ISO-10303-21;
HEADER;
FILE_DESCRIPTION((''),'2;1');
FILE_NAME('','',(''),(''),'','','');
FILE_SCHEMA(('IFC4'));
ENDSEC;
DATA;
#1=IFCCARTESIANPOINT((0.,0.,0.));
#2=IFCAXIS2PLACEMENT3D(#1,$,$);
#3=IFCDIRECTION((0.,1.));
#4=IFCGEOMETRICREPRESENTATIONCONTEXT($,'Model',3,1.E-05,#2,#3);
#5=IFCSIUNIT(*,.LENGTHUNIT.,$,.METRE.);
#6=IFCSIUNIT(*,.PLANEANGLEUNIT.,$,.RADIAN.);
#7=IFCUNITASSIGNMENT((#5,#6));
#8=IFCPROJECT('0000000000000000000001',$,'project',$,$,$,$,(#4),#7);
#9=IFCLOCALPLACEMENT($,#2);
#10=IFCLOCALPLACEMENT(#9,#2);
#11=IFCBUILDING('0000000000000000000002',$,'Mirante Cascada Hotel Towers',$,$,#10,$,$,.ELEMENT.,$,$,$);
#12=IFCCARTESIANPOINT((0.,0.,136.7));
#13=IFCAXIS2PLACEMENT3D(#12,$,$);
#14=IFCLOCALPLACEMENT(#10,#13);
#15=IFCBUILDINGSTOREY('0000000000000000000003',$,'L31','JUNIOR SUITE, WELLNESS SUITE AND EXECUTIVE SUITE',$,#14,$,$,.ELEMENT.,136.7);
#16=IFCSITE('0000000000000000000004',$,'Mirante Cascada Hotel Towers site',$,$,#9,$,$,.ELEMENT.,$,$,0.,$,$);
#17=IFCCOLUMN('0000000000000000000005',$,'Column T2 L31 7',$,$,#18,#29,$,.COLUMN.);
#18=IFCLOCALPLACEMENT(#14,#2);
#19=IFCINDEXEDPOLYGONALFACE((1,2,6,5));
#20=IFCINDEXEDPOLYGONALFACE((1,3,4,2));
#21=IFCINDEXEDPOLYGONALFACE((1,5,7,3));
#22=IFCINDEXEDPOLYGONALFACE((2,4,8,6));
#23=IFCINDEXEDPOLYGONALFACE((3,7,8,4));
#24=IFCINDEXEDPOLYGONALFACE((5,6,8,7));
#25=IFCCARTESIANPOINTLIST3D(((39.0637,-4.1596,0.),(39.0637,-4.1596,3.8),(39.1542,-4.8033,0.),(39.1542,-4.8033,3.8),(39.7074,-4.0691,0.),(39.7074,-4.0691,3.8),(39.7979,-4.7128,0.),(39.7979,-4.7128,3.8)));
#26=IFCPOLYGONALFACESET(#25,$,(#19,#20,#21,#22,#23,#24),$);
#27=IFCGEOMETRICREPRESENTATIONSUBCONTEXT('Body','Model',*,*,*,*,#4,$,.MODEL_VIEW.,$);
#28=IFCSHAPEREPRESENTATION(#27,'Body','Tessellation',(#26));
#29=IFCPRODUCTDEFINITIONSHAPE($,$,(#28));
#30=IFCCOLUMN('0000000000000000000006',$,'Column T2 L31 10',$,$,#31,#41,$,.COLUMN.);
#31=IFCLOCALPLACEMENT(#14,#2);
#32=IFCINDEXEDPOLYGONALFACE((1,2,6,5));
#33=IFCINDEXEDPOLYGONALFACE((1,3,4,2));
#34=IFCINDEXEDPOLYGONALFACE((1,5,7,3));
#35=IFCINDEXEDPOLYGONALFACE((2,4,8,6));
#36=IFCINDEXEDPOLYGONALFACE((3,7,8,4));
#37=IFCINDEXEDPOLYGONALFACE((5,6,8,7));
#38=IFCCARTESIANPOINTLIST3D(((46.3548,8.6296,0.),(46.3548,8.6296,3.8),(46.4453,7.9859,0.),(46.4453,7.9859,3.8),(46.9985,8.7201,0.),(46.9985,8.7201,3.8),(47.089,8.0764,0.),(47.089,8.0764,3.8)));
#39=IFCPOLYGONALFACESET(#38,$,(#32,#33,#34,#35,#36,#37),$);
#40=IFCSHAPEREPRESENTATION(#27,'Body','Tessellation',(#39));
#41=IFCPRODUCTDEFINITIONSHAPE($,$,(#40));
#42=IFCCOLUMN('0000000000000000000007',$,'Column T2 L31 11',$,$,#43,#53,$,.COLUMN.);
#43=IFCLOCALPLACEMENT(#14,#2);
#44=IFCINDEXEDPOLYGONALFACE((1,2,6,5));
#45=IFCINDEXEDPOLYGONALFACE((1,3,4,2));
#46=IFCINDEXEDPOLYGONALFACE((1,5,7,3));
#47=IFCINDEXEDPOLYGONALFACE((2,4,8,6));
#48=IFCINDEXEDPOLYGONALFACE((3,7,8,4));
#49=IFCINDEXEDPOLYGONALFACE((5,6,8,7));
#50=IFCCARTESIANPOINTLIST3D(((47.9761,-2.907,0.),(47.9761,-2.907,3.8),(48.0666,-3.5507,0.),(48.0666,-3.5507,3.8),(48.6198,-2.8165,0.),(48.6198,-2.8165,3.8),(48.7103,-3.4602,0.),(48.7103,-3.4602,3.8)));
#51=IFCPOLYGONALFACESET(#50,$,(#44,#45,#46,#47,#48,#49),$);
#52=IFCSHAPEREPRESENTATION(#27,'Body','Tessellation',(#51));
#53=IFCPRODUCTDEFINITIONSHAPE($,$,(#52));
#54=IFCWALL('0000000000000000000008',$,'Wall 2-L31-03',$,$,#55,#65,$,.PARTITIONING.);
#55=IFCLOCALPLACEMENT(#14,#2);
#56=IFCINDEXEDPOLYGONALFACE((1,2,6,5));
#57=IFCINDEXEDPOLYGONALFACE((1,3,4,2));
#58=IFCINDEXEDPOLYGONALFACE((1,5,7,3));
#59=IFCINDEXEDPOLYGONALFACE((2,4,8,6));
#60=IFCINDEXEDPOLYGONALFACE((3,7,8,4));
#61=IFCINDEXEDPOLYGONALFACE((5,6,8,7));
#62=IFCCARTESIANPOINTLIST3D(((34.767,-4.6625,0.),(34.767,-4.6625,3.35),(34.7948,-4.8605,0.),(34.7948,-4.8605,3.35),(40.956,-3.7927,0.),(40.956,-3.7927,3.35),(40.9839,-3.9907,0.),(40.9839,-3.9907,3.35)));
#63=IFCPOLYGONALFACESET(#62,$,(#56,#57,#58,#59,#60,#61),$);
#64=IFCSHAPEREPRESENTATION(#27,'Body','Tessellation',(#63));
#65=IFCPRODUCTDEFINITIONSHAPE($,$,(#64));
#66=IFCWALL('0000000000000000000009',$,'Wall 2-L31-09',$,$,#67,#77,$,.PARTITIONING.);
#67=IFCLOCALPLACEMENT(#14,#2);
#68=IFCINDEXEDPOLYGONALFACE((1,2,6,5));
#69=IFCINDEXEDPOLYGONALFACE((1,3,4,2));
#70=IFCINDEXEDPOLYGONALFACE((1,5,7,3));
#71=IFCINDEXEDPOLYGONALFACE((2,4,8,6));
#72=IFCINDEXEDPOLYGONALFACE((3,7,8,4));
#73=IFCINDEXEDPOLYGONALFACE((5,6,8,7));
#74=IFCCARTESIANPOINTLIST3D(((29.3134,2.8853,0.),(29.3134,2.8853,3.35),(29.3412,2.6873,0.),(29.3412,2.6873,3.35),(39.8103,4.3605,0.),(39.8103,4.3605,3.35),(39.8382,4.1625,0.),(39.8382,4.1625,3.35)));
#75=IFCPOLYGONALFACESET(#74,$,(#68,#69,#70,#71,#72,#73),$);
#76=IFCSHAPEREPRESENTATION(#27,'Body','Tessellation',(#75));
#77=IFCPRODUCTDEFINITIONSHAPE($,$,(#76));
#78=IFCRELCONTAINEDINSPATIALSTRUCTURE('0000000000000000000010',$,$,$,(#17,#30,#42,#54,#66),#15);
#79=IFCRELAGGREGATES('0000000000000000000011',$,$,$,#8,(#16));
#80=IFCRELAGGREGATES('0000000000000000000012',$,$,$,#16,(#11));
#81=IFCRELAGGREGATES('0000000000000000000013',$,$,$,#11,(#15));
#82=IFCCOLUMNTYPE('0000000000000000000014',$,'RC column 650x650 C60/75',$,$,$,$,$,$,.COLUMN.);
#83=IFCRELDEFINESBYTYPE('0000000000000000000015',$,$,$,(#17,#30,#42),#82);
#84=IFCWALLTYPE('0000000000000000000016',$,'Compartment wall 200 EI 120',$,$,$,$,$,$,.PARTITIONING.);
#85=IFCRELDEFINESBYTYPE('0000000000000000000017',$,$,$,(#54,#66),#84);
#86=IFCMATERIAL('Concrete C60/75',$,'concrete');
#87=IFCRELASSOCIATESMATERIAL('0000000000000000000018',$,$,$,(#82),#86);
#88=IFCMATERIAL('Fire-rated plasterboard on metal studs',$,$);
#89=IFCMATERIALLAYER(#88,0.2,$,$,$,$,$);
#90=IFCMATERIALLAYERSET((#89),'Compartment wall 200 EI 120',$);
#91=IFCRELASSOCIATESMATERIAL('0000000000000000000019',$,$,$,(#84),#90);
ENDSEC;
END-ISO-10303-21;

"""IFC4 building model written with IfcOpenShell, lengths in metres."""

from ifc_helpers import new_model, si_unit, direction, frame, frame_2d, origin, origin_2d, place, context, subcontext, project, spatial, rectangle, extrude, material, layer, layer_set, material_profile, profile_set, type_object, element, save


model = new_model("IFC4")

# Units and contexts
model_context = context("Model", 3, precision=1e-05, world=origin(), true_north=direction((0.0, 1.0)))
body_context = subcontext(model_context, "Body", "Model", "MODEL_VIEW")
ifc_project = project(units=[si_unit("LENGTHUNIT", "METRE"), si_unit("PLANEANGLEUNIT", "RADIAN")], contexts=[model_context])

# Site, building, storey
site_placement = place(None, origin())
site = spatial("IfcSite", under=ifc_project, at=site_placement, Name="Mirante Cascada Hotel Towers site", CompositionType="ELEMENT", RefElevation=0.0)
building_placement = place(site_placement, origin())
building = spatial("IfcBuilding", under=site, at=building_placement, Name="Mirante Cascada Hotel Towers", CompositionType="ELEMENT")
storey_placement = place(building_placement, frame((0.0, 0.0, 136.7)))
storey = spatial("IfcBuildingStorey", under=building, at=storey_placement, Name="L31", Description="JUNIOR SUITE, WELLNESS SUITE AND EXECUTIVE SUITE", CompositionType="ELEMENT", Elevation=136.7)

# Columns
ifc_material_1 = material(Name="Concrete C60/75", Category="concrete")
ifc_material_profile = material_profile(ifc_material_1, rectangle(XDim=0.65, YDim=0.65, at=origin_2d()), Name="RC column 650x650 C60/75")
ifc_profile_set = profile_set([ifc_material_profile], Name="Concrete C60/75")
column_type = type_object("IfcColumnType", Name="RC column 650x650 C60/75", PredefinedType="COLUMN", material=ifc_profile_set)
for number, where, z_axis, x_axis, name in (
    (1, (39.4308, -4.4362, 0.0), (0.0, 0.0, 1.0), (0.990268, 0.139173, 0.0), "Column T2 L31 7"),
    (2, (46.7219, 8.353, 0.0), (0.0, 0.0, 1.0), (0.990268, 0.139173, 0.0), "Column T2 L31 10"),
    (3, (48.3432, -3.1836, 0.0), (0.0, 0.0, 1.0), (0.990268, 0.139173, 0.0), "Column T2 L31 11"),
):
    element("IfcColumn", number, at=place(storey_placement, frame(where, z_axis=z_axis, x_axis=x_axis)), inside=storey, type_object=column_type, Name=name, PredefinedType="COLUMN", context=body_context, shape_type="SweptSolid", body=[
        extrude(rectangle(XDim=0.65, YDim=0.65, at=origin_2d()), origin(), (0.0, 0.0, 1.0), 3.8),
    ])

# Walls
ifc_material_2 = material(Name="Fire-rated plasterboard on metal studs")
ifc_layer_1 = layer(ifc_material_2, 0.2)
ifc_layer_set_1 = layer_set([ifc_layer_1], Name="Compartment wall 200 EI 120")
wall_type_1 = type_object("IfcWallType", Name="Compartment wall 200 EI 120", PredefinedType="PARTITIONING", material=ifc_layer_set_1)
wall_1_placement = place(storey_placement, frame((40.97, -3.8917, 0.0), z_axis=(0.0, 0.0, 1.0), x_axis=(-0.990268, -0.13917, 0.0)))
element("IfcWall", 4, at=wall_1_placement, inside=storey, type_object=wall_type_1, Name="Wall 2-L31-03", PredefinedType="PARTITIONING", context=body_context, shape_type="SweptSolid", body=[
    extrude(rectangle(XDim=6.2499, YDim=0.2, at=frame_2d((3.125, 0.0))), origin(), (0.0, 0.0, 1.0), 3.35),
])
wall_2_placement = place(storey_placement, frame((39.8242, 4.2615, 0.0), z_axis=(0.0, 0.0, 1.0), x_axis=(-0.990269, -0.139169, 0.0)))
element("IfcWall", 5, at=wall_2_placement, inside=storey, type_object=wall_type_1, Name="Wall 2-L31-09", PredefinedType="PARTITIONING", context=body_context, shape_type="SweptSolid", body=[
    extrude(rectangle(XDim=10.6001, YDim=0.2, at=frame_2d((5.3, 0.0))), origin(), (0.0, 0.0, 1.0), 3.35),
])

save(model, "model.ifc")
